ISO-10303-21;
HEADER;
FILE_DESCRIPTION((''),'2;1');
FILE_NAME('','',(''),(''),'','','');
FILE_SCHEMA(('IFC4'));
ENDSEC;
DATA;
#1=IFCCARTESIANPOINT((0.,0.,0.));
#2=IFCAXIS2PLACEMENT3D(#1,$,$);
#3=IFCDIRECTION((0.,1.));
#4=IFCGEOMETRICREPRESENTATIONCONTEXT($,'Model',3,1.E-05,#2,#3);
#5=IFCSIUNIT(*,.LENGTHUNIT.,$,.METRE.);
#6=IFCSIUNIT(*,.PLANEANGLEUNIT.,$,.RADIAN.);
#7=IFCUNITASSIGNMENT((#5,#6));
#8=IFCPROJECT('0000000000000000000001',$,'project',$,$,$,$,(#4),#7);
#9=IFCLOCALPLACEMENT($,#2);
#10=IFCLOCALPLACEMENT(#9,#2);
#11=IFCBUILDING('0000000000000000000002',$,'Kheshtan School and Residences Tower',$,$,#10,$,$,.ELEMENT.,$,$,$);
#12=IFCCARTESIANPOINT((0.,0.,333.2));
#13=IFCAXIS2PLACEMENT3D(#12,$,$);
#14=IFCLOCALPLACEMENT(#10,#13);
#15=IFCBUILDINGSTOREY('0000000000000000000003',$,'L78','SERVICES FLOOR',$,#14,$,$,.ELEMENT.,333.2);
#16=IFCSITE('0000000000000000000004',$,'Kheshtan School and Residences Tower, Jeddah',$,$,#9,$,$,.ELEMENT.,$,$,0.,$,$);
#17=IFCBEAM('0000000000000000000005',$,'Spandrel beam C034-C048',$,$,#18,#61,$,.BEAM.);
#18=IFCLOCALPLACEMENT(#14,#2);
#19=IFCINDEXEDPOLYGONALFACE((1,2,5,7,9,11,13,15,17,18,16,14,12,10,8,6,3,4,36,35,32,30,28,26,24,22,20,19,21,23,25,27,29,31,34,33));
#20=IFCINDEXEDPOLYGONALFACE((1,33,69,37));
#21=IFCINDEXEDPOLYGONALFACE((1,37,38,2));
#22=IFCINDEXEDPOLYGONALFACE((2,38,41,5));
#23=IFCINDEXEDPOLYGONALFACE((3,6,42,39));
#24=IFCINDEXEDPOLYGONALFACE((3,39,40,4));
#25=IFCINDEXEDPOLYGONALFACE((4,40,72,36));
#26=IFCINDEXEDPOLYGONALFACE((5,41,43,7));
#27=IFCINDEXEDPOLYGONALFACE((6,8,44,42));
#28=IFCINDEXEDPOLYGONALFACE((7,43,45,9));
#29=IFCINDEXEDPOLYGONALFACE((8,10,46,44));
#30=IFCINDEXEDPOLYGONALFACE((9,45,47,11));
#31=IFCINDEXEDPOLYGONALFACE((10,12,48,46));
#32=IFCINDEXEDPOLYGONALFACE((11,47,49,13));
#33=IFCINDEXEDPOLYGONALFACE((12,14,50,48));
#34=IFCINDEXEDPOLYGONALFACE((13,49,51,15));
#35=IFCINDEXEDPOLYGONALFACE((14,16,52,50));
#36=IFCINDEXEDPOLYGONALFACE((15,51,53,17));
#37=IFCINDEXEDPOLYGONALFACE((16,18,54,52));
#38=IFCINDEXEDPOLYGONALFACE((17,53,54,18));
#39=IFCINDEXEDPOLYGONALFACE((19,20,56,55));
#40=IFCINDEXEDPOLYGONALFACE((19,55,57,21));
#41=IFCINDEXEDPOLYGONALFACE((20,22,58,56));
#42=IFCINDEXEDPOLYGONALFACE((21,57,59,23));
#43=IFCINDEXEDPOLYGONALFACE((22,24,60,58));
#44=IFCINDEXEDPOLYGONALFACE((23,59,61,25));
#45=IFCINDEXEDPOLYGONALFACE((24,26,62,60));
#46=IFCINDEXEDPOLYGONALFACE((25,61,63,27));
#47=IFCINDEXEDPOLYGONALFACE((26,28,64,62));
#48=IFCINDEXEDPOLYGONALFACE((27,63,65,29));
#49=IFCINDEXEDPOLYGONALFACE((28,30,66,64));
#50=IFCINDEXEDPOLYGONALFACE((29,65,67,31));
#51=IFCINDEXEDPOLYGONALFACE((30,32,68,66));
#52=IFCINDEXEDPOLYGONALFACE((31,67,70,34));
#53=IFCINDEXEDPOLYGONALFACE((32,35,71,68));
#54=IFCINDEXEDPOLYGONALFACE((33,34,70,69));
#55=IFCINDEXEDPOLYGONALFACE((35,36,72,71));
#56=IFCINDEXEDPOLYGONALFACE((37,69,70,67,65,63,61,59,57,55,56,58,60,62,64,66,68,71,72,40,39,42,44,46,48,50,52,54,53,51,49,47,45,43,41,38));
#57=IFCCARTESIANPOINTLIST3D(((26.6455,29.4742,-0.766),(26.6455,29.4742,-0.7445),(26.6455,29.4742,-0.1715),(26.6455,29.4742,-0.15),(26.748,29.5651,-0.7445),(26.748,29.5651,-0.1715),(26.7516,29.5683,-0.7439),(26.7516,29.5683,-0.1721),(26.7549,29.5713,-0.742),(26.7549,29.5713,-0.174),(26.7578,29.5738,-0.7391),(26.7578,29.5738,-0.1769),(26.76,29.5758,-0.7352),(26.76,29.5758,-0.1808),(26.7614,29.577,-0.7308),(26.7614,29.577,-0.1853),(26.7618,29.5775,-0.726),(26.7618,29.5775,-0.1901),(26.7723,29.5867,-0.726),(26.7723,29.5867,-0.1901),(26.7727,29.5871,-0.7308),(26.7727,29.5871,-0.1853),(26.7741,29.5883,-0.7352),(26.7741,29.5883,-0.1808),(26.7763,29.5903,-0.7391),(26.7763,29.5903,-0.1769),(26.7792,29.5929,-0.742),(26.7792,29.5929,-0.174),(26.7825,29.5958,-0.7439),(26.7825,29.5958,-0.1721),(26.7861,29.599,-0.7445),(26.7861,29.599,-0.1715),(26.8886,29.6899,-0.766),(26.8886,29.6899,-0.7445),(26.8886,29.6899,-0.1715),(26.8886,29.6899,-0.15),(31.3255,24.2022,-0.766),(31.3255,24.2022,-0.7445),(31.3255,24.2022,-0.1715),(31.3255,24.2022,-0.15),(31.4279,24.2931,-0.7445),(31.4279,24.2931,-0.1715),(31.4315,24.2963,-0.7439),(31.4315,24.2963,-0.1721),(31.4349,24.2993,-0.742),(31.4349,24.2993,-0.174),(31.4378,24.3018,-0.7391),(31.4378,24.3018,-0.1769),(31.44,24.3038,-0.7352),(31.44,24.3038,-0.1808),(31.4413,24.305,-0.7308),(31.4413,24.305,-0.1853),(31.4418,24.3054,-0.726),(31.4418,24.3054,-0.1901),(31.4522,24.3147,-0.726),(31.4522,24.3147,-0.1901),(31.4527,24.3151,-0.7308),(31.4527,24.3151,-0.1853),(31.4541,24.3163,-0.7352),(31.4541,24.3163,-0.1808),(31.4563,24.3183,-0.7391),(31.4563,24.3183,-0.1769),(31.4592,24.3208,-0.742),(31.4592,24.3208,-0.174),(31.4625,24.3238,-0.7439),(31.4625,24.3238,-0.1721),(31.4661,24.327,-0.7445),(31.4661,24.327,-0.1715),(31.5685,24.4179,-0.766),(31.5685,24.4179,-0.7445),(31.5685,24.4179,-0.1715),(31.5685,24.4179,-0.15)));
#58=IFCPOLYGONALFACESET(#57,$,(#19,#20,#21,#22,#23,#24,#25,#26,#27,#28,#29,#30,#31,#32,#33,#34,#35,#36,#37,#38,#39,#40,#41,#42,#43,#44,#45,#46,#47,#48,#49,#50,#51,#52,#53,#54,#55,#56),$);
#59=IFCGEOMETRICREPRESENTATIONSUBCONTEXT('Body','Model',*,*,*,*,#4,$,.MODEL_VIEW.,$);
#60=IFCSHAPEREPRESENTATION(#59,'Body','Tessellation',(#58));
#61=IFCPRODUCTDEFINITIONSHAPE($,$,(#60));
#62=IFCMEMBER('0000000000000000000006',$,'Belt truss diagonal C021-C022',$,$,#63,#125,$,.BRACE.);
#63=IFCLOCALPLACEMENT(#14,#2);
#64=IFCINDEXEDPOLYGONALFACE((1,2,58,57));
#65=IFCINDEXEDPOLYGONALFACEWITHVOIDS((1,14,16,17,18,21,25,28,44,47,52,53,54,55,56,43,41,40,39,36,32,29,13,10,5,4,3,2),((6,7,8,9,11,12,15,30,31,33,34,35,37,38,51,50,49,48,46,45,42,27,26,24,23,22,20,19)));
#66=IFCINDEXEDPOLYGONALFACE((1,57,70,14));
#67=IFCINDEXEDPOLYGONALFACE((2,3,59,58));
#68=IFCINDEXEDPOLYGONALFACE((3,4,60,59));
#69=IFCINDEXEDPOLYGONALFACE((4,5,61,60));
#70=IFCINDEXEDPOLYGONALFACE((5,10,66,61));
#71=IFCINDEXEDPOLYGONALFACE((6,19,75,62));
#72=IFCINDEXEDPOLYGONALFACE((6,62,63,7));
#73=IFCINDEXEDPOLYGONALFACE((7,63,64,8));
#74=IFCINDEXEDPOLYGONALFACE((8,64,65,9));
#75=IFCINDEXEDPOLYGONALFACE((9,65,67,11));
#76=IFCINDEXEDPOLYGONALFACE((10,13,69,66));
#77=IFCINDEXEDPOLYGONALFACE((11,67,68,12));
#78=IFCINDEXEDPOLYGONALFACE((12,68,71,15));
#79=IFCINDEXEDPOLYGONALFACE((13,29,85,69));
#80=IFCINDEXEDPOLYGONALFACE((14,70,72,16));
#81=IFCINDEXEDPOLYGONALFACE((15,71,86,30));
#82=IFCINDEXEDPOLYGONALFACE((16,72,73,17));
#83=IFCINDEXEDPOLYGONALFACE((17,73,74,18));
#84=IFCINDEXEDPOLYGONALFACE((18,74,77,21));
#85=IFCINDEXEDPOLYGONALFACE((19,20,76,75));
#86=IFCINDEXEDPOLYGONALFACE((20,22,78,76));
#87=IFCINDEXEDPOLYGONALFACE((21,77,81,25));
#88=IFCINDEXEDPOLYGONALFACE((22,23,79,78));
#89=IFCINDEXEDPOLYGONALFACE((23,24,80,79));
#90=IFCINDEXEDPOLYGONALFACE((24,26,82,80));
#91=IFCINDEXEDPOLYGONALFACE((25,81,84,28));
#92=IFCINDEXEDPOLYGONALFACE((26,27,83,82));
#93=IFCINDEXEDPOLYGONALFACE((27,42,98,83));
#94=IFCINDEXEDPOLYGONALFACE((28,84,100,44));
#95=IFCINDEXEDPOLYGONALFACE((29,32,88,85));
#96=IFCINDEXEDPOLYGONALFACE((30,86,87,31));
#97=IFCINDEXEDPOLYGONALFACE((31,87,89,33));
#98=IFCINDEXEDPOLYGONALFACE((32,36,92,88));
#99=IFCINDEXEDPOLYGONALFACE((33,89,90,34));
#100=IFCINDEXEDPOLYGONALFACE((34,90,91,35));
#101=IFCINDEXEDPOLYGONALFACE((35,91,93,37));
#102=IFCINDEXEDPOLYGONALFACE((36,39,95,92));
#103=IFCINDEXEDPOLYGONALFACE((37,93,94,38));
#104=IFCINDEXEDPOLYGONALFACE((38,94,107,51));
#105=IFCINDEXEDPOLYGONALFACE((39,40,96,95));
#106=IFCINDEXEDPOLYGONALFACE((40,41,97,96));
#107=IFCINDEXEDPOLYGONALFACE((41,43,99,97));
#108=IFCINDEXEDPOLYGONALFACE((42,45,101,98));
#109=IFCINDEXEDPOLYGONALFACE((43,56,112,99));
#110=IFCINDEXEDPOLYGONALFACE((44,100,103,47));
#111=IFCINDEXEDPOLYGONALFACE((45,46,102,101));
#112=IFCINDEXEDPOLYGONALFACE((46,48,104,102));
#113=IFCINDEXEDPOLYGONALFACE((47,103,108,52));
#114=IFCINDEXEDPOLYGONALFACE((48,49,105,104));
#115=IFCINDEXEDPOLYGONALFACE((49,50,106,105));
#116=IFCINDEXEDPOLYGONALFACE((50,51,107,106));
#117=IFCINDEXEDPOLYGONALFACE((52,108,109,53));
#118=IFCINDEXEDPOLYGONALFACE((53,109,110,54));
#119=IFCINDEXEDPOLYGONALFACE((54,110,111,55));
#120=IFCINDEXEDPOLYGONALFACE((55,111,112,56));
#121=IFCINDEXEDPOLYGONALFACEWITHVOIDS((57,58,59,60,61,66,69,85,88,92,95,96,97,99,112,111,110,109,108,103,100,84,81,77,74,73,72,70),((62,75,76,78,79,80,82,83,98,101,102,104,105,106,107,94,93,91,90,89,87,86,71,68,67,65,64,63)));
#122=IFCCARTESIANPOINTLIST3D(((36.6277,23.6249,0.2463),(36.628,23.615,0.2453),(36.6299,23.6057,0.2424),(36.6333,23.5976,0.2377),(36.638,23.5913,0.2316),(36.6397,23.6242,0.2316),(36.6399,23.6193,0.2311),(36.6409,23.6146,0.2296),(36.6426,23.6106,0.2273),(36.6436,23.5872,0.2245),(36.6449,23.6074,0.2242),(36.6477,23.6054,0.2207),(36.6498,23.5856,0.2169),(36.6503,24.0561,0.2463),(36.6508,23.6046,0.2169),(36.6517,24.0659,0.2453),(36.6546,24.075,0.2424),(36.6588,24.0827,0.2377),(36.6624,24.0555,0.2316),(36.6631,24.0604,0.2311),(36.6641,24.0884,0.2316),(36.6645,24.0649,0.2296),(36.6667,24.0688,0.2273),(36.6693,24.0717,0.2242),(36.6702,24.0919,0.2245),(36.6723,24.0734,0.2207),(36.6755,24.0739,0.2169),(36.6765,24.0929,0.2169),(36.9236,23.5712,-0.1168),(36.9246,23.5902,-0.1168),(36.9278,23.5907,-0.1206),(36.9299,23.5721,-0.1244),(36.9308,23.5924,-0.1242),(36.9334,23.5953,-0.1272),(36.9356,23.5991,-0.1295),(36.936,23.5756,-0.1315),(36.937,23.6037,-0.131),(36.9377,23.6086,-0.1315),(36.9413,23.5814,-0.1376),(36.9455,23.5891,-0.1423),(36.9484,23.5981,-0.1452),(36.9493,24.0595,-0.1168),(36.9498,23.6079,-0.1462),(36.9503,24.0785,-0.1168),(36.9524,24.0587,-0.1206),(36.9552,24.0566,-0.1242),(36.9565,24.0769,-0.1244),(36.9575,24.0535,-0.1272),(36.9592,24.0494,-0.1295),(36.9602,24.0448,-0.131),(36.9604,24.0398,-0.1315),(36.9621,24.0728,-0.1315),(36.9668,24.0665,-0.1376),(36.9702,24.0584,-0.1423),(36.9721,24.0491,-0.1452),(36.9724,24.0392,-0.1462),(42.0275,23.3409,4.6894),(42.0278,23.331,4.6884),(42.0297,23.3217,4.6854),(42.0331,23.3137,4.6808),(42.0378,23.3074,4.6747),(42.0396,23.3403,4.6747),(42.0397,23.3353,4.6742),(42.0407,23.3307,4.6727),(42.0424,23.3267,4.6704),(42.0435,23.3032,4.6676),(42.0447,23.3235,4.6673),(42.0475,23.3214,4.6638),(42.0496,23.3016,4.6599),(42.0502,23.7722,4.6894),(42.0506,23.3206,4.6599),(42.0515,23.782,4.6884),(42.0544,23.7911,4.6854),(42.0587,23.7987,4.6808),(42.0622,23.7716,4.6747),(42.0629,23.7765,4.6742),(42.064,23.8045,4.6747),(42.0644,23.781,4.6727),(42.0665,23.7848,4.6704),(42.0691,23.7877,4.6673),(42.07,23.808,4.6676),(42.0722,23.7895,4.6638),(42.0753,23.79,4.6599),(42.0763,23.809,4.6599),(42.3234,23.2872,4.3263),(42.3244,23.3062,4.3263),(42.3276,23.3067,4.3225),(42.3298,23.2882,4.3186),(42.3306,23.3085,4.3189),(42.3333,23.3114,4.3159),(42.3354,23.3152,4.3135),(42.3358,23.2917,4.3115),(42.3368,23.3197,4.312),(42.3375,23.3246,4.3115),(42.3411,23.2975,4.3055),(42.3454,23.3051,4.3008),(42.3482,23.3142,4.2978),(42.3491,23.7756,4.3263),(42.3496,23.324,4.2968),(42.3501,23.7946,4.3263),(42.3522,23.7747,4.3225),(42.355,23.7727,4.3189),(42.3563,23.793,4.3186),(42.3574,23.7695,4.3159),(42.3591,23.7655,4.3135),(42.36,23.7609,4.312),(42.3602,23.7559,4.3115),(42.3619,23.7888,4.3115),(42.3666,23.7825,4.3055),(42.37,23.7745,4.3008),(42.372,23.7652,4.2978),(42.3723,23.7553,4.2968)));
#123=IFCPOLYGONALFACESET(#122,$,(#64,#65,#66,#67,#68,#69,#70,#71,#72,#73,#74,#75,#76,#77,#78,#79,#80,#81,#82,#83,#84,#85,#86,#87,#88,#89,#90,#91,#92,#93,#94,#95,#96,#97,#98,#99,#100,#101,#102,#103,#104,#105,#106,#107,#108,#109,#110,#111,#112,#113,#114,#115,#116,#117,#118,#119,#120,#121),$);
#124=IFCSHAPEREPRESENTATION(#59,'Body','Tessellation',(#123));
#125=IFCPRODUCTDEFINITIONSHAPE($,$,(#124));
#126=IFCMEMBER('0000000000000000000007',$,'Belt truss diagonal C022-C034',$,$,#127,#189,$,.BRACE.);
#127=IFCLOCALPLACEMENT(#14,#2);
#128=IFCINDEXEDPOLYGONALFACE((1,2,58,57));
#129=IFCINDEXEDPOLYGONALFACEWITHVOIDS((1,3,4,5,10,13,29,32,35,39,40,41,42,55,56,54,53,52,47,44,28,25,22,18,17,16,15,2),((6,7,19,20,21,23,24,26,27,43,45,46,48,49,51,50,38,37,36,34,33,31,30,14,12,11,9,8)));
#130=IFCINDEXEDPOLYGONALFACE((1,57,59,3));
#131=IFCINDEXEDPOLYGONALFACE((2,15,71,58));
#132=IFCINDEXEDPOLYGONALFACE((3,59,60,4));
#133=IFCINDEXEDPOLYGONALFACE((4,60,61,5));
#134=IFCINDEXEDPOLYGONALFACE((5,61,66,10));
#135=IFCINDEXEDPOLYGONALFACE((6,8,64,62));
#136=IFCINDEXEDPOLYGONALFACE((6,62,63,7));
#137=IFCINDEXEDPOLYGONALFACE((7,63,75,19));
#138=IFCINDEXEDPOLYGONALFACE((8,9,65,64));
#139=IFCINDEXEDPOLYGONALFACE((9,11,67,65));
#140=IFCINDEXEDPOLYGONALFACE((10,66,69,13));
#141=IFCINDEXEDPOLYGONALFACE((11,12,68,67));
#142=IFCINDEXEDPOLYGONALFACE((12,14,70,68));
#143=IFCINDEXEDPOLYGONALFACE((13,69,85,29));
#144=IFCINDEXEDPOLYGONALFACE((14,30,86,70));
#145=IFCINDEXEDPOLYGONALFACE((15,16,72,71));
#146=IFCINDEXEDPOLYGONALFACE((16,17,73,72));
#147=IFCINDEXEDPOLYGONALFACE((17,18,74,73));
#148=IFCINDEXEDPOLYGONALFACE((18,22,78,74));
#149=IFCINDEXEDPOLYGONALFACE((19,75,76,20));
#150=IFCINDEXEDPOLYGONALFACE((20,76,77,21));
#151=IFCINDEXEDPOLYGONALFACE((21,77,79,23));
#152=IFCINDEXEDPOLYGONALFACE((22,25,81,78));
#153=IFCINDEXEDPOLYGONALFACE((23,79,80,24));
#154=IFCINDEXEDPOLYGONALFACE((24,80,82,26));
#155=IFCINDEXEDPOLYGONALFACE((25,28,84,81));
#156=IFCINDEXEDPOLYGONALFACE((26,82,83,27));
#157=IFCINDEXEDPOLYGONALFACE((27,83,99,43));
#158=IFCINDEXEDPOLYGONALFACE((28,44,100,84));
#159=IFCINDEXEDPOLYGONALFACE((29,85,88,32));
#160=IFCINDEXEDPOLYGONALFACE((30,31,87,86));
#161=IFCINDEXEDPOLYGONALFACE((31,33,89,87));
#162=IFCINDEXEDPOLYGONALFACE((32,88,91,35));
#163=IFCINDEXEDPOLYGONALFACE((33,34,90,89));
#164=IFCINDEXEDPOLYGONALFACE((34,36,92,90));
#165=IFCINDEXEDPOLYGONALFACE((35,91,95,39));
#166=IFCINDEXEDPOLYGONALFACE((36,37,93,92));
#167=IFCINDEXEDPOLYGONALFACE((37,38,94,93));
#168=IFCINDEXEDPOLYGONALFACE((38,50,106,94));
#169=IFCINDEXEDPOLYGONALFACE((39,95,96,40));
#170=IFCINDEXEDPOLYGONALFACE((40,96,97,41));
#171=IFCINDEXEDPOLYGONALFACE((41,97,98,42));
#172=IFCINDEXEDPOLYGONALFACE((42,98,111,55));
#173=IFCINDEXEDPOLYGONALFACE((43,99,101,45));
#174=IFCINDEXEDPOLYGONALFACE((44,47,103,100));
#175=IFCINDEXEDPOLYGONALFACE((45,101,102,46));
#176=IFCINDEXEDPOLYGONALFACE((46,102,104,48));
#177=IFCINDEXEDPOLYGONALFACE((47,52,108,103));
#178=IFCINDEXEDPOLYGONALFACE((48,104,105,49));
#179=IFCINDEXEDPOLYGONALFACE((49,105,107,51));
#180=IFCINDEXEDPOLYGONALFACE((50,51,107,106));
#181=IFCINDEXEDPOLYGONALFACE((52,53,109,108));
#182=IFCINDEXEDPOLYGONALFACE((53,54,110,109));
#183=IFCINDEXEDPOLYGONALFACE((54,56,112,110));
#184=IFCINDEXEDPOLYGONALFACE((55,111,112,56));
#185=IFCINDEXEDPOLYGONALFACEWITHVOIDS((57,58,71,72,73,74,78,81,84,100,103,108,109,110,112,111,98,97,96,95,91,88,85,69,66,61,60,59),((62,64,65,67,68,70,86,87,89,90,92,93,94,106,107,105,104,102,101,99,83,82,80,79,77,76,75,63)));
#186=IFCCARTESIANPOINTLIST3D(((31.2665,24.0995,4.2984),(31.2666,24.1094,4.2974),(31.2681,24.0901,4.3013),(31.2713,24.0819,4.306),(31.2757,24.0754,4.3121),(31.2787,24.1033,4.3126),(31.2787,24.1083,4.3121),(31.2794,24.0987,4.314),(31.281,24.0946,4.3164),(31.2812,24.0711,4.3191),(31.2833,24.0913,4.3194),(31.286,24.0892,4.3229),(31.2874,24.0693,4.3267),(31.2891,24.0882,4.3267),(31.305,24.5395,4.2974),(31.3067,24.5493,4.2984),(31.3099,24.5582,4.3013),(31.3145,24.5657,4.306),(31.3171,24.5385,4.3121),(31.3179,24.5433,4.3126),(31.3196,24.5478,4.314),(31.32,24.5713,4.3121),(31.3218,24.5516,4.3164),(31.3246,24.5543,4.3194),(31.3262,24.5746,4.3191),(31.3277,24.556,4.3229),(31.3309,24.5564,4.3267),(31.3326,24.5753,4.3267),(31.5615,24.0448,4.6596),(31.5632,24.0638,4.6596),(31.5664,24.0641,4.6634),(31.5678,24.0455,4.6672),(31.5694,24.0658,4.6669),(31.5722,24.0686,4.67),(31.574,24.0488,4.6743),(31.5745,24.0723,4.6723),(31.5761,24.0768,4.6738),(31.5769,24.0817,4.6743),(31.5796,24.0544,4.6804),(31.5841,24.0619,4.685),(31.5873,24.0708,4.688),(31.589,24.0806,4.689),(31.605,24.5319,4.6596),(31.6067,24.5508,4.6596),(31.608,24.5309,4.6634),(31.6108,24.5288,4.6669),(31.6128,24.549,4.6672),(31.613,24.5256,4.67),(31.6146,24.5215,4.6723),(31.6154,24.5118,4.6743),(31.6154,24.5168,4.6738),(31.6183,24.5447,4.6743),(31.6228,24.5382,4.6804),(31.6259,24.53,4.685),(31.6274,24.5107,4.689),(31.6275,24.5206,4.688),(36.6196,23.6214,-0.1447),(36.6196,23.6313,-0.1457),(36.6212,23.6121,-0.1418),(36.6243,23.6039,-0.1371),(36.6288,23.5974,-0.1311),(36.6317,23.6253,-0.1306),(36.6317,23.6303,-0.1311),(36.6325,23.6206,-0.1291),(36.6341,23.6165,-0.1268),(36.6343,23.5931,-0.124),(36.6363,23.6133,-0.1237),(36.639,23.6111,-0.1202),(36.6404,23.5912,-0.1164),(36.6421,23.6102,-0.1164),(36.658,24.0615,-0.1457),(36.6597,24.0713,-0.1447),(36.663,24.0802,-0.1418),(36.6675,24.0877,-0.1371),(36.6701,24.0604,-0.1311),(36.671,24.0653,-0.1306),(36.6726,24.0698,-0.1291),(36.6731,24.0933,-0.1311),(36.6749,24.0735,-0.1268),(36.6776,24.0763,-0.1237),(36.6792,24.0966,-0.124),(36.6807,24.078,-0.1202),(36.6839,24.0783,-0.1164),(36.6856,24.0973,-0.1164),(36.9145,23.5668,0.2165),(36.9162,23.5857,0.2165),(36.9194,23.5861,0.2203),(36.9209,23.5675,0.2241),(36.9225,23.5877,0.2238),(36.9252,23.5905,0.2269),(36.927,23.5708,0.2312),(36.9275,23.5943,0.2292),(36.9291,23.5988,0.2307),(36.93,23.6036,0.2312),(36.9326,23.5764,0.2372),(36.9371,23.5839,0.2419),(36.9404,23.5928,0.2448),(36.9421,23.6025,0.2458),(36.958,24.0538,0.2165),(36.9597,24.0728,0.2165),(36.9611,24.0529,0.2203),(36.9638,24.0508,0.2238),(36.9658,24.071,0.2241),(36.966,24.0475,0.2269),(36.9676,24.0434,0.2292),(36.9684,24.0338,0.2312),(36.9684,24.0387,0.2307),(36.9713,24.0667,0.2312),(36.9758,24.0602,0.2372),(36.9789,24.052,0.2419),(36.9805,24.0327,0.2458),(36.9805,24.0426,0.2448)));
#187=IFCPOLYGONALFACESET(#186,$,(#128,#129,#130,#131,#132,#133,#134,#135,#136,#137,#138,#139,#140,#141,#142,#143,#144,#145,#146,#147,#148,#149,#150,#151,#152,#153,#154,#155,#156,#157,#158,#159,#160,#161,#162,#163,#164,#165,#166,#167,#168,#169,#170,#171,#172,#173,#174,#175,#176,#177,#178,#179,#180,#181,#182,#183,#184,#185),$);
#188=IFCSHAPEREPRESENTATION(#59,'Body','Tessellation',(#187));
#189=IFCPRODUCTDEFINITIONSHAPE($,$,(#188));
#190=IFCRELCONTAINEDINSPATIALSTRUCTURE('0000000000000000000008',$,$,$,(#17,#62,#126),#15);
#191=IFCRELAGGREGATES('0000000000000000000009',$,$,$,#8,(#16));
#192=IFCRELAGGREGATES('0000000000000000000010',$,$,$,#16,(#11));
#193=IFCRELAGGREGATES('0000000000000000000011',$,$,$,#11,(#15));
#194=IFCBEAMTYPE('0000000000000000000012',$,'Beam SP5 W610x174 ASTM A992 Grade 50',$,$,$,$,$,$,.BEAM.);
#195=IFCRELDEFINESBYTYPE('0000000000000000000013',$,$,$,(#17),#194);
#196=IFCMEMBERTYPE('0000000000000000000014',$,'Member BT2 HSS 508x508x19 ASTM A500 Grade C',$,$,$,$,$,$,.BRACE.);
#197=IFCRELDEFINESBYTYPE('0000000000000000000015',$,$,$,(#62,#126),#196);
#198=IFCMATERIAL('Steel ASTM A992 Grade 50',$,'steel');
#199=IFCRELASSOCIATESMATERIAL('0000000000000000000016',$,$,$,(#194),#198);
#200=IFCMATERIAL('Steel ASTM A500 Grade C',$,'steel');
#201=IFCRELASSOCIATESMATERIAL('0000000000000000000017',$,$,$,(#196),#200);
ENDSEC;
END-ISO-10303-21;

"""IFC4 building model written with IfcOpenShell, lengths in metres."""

from ifc_helpers import new_model, si_unit, direction, frame, origin, origin_2d, place, context, subcontext, project, spatial, hollow_rectangle, i_section, extrude, material, material_profile, profile_set, type_object, element, save


model = new_model("IFC4")

# Units and contexts
model_context = context("Model", 3, precision=1e-05, world=origin(), true_north=direction((0.0, 1.0)))
body_context = subcontext(model_context, "Body", "Model", "MODEL_VIEW")
ifc_project = project(units=[si_unit("LENGTHUNIT", "METRE"), si_unit("PLANEANGLEUNIT", "RADIAN")], contexts=[model_context])

# Site, building, storey
site_placement = place(None, origin())
site = spatial("IfcSite", under=ifc_project, at=site_placement, Name="Kheshtan School and Residences Tower, Jeddah", CompositionType="ELEMENT", RefElevation=0.0)
building_placement = place(site_placement, origin())
building = spatial("IfcBuilding", under=site, at=building_placement, Name="Kheshtan School and Residences Tower", CompositionType="ELEMENT")
storey_placement = place(building_placement, frame((0.0, 0.0, 333.2)))
storey = spatial("IfcBuildingStorey", under=building, at=storey_placement, Name="L78", Description="SERVICES FLOOR", CompositionType="ELEMENT", Elevation=333.2)

# Shared definitions
ifc_material_1 = material(Name="Steel ASTM A992 Grade 50", Category="steel")

# Beam
ifc_material_profile_1 = material_profile(ifc_material_1, i_section(OverallWidth=0.325, OverallDepth=0.616, WebThickness=0.0139, FlangeThickness=0.0215, FilletRadius=0.0186, at=origin_2d()), Name="W610x174")
ifc_profile_set_1 = profile_set([ifc_material_profile_1], Name="Steel ASTM A992 Grade 50")
beam_type_1 = type_object("IfcBeamType", Name="Beam SP5 W610x174 ASTM A992 Grade 50", PredefinedType="BEAM", material=ifc_profile_set_1)
beam_1_placement = place(storey_placement, frame((31.447, 24.3101, -0.458), z_axis=(-0.663867, 0.747851, 0.0), x_axis=(-0.747851, -0.663867, 0.0)))
element("IfcBeam", 1, at=beam_1_placement, inside=storey, type_object=beam_type_1, Name="Spandrel beam C034-C048", PredefinedType="BEAM", context=body_context, shape_type="SweptSolid", body=[
    extrude(i_section(OverallWidth=0.325, OverallDepth=0.616, WebThickness=0.0139, FlangeThickness=0.0215, FilletRadius=0.0186, at=origin_2d()), origin(), (0.0, 0.0, 1.0), 7.0496),
])

# Members
ifc_material_2 = material(Name="Steel ASTM A500 Grade C", Category="steel")
ifc_material_profile_2 = material_profile(ifc_material_2, hollow_rectangle(XDim=0.5081, YDim=0.5081, WallThickness=0.019, InnerFilletRadius=0.019, OuterFilletRadius=0.0381, at=origin_2d()), Name="HSS 508x508x19")
ifc_profile_set_2 = profile_set([ifc_material_profile_2], Name="Steel ASTM A500 Grade C")
member_type_1 = type_object("IfcMemberType", Name="Member BT2 HSS 508x508x19 ASTM A500 Grade C", PredefinedType="BRACE", material=ifc_profile_set_2)
member_1_placement = place(storey_placement, frame((36.8, 23.832, 0.05), z_axis=(0.771566, -0.04057, 0.634855), x_axis=(0.052509, 0.99862, 0.0)))
element("IfcMember", 2, at=member_1_placement, inside=storey, type_object=member_type_1, Name="Belt truss diagonal C021-C022", PredefinedType="BRACE", context=body_context, shape_type="SweptSolid", body=[
    extrude(hollow_rectangle(XDim=0.5081, YDim=0.5081, WallThickness=0.019, InnerFilletRadius=0.019, OuterFilletRadius=0.0381, at=origin_2d()), origin(), (0.0, 0.0, 1.0), 6.9985),
])
member_2_placement = place(storey_placement, frame((36.8, 23.832, 0.05), z_axis=(-0.767664, 0.068553, 0.637176), x_axis=(-0.088946, -0.996036, 0.0)))
element("IfcMember", 3, at=member_2_placement, inside=storey, type_object=member_type_1, Name="Belt truss diagonal C022-C034", PredefinedType="BRACE", context=body_context, shape_type="SweptSolid", body=[
    extrude(hollow_rectangle(XDim=0.5081, YDim=0.5081, WallThickness=0.019, InnerFilletRadius=0.019, OuterFilletRadius=0.0381, at=origin_2d()), origin(), (0.0, 0.0, 1.0), 6.9731),
])

save(model, "model.ifc")
